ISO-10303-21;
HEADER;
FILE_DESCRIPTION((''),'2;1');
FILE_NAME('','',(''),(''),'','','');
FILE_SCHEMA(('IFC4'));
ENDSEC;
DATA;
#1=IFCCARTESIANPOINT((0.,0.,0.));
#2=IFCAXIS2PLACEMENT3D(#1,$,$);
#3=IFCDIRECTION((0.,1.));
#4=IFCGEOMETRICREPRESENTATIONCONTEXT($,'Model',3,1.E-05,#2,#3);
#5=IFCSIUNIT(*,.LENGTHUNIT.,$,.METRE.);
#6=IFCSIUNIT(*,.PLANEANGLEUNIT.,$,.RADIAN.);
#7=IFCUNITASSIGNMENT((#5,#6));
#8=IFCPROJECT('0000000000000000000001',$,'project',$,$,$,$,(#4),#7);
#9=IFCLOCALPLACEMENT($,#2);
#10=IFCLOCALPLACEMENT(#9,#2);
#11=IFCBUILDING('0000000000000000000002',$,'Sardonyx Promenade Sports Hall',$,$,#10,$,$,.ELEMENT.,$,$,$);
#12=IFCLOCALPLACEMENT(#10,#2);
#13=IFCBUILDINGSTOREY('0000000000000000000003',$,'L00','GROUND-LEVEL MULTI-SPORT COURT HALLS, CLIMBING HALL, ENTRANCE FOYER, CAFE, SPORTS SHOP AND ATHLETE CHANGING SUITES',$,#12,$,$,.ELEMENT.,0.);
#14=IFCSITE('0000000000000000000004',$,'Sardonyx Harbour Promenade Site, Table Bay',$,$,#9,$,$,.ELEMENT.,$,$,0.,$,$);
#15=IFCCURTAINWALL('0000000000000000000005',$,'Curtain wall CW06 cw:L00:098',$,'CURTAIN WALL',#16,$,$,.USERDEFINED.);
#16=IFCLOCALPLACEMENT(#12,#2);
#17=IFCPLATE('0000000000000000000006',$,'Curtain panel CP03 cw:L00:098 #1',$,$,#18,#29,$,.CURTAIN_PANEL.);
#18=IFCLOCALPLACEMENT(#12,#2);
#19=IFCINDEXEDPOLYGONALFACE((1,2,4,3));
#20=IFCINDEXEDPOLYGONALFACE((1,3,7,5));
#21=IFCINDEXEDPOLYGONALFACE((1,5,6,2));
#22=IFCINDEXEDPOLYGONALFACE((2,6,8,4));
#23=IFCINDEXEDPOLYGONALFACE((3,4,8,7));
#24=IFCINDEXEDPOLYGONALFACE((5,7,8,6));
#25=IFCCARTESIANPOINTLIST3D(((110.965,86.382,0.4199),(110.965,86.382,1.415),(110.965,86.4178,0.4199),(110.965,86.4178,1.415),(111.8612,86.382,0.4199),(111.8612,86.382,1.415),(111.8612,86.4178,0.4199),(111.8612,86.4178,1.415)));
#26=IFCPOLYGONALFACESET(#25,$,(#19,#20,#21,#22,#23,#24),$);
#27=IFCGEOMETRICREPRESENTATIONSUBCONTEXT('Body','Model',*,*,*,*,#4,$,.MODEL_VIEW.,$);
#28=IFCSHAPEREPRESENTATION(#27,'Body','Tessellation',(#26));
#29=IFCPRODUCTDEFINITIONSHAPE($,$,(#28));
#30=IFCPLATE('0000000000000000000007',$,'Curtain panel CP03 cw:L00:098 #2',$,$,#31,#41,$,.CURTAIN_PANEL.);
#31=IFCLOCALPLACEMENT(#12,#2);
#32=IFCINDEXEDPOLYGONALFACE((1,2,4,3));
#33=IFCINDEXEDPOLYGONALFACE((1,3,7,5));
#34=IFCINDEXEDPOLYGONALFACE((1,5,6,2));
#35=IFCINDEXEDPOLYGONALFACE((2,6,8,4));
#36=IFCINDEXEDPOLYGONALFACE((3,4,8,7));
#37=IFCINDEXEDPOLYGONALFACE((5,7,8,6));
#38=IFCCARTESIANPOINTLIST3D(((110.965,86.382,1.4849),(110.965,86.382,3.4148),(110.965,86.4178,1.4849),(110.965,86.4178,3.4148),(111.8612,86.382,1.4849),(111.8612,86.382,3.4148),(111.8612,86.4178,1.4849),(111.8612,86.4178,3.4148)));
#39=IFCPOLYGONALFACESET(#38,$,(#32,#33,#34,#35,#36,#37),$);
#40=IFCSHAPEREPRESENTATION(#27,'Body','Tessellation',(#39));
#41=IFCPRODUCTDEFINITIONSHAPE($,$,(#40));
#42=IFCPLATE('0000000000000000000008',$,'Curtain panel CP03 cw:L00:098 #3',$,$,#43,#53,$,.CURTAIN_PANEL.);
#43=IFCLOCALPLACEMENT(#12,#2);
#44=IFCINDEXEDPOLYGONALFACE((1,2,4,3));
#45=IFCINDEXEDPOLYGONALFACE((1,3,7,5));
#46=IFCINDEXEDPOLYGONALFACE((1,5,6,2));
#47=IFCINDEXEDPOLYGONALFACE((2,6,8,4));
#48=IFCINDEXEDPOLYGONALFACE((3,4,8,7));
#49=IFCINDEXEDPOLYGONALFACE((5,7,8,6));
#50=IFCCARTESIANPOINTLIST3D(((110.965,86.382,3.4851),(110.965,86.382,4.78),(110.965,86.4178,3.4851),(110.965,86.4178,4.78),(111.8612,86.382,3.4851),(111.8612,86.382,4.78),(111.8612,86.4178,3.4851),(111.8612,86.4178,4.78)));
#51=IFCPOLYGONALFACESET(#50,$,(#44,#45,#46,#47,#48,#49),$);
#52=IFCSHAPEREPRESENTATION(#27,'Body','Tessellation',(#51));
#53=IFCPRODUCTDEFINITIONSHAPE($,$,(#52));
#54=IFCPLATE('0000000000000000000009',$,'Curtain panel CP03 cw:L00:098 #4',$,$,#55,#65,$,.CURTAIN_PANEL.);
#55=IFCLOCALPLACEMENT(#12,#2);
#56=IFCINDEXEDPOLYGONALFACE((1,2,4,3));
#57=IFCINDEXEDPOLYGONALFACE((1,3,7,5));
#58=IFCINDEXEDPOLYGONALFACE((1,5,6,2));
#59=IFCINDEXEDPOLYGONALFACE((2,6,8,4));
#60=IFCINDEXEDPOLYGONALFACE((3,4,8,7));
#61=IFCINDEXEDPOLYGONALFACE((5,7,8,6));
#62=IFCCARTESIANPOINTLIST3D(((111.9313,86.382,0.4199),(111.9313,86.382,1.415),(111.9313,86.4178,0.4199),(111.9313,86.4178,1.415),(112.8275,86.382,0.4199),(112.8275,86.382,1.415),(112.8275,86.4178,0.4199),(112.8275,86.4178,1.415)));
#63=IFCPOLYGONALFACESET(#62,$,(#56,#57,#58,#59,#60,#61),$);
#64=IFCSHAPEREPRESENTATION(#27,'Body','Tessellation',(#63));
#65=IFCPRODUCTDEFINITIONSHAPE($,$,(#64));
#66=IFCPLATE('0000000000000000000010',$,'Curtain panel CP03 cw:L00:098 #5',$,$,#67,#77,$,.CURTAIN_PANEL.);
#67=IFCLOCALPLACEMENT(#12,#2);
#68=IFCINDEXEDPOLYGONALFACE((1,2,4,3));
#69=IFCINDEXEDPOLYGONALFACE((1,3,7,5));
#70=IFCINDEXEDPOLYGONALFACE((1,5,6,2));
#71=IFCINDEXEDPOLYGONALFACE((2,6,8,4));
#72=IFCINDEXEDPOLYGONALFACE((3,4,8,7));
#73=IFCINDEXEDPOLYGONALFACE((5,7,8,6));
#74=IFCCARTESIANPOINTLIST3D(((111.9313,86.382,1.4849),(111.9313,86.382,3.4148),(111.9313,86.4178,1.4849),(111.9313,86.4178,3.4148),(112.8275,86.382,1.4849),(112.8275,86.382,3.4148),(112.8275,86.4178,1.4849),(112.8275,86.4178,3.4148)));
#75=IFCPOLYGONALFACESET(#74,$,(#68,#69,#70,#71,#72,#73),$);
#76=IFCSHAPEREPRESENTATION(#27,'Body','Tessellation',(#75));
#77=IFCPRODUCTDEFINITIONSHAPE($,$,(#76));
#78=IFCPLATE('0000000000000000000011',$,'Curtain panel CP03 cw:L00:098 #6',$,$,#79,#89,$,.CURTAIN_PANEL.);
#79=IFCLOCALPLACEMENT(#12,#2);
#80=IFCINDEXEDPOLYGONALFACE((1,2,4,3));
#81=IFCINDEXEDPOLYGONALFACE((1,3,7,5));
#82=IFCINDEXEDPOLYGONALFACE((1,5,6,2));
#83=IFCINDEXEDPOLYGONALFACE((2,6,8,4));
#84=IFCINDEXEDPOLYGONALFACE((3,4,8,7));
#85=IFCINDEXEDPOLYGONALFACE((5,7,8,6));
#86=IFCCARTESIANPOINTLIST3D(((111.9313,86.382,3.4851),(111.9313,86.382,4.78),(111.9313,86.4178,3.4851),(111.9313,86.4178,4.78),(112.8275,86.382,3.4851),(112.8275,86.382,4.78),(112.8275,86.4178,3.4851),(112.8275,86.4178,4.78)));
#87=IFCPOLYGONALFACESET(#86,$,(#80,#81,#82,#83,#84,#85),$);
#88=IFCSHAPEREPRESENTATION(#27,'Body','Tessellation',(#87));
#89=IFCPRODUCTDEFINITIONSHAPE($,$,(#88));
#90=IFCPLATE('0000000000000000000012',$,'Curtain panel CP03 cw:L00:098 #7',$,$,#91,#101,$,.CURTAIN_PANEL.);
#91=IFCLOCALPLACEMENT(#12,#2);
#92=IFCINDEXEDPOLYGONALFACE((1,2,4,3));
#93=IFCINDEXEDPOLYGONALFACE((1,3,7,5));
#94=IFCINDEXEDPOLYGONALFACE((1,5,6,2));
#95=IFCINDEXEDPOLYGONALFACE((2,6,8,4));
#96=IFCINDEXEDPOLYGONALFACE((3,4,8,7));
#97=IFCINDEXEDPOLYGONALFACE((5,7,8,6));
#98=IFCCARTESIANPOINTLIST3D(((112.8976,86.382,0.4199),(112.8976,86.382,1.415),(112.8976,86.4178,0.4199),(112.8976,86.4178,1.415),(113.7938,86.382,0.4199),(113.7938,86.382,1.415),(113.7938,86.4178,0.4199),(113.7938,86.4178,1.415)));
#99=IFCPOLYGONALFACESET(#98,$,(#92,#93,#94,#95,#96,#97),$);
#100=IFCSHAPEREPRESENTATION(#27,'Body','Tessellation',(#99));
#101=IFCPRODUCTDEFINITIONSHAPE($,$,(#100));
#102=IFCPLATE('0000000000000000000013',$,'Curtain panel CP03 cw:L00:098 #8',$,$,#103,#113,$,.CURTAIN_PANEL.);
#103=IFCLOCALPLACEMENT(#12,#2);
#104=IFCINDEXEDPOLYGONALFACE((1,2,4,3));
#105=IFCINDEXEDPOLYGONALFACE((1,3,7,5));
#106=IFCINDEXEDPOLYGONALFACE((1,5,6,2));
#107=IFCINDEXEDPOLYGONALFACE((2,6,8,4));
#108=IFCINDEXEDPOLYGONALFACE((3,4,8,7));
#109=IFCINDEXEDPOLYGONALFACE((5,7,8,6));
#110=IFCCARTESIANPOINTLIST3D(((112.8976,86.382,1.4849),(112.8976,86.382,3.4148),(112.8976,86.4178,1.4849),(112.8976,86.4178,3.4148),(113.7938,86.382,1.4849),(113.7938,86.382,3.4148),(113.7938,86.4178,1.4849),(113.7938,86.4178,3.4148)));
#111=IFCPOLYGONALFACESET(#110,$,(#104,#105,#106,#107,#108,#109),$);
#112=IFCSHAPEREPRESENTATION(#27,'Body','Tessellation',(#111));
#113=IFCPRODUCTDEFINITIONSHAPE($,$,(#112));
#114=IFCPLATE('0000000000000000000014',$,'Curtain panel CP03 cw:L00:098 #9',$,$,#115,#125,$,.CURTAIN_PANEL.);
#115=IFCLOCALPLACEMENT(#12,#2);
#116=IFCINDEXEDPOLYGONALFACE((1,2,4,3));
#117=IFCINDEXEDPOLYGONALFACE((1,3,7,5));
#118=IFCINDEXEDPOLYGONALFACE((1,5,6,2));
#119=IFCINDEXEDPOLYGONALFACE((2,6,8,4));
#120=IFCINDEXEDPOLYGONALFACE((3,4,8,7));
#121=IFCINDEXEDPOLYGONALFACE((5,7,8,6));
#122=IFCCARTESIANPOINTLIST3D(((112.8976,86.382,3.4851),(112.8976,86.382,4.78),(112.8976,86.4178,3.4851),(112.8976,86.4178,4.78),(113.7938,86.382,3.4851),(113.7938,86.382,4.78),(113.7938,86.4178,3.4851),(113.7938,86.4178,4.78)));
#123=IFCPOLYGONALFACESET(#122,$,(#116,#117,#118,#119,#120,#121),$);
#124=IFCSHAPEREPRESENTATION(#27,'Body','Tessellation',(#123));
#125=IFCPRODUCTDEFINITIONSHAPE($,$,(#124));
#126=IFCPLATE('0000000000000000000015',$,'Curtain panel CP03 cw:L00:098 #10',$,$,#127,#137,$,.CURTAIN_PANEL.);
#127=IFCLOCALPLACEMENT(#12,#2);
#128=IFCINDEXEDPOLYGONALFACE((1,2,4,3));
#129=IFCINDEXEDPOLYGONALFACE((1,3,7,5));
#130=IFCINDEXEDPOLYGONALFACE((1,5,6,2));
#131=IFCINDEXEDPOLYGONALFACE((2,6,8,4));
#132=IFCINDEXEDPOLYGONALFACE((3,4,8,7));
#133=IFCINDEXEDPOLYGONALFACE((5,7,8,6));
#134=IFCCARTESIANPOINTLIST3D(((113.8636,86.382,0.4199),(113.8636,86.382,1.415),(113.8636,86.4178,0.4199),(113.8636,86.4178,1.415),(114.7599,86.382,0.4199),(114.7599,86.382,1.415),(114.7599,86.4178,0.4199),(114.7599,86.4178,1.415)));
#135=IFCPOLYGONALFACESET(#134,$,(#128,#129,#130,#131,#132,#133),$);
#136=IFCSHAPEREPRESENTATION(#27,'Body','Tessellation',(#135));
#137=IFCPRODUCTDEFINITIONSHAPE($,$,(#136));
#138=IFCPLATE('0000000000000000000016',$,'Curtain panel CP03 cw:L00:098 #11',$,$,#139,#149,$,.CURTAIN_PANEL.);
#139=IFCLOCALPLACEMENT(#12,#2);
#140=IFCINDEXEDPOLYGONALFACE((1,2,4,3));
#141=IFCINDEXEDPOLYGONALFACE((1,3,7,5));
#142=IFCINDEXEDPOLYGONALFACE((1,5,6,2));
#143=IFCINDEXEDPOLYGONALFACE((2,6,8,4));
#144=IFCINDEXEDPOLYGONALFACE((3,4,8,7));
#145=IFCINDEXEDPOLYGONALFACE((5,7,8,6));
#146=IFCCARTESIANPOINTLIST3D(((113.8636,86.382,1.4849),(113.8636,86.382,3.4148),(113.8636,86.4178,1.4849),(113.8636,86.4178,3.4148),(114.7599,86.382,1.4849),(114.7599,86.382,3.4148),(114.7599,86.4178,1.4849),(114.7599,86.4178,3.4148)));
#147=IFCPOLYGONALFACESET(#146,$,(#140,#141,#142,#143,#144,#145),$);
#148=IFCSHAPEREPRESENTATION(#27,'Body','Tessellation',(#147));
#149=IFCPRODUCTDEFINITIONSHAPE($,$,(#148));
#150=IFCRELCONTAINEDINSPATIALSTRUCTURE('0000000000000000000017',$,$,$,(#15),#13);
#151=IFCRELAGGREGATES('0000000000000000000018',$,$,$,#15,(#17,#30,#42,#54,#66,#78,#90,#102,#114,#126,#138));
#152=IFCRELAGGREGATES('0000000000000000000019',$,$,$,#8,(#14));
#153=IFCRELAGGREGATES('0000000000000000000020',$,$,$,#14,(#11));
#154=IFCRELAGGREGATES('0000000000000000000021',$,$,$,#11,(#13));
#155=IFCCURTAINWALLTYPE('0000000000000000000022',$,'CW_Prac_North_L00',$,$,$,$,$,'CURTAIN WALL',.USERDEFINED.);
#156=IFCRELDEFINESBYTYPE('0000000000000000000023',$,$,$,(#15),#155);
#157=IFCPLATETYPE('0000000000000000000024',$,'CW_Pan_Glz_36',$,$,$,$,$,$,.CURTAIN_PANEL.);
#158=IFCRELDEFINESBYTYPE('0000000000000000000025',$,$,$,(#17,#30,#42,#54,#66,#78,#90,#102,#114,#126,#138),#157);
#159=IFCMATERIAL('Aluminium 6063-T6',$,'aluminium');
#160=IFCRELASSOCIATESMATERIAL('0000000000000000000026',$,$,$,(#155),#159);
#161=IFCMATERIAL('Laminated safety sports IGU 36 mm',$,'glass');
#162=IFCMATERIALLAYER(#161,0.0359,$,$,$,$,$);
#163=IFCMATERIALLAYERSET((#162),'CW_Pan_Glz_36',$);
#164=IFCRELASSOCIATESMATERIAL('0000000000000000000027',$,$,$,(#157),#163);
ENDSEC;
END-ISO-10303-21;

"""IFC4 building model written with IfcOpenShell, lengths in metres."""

from ifc_helpers import new_model, si_unit, direction, frame, origin, origin_2d, place, context, subcontext, project, spatial, rectangle, extrude, material, layer, layer_set, type_object, element, aggregate, save


model = new_model("IFC4")

# Units and contexts
model_context = context("Model", 3, precision=1e-05, world=origin(), true_north=direction((0.0, 1.0)))
body_context = subcontext(model_context, "Body", "Model", "MODEL_VIEW")
ifc_project = project(units=[si_unit("LENGTHUNIT", "METRE"), si_unit("PLANEANGLEUNIT", "RADIAN")], contexts=[model_context])

# Site, building, storey
site_placement = place(None, origin())
site = spatial("IfcSite", under=ifc_project, at=site_placement, Name="Sardonyx Harbour Promenade Site, Table Bay", CompositionType="ELEMENT", RefElevation=0.0)
building_placement = place(site_placement, origin())
building = spatial("IfcBuilding", under=site, at=building_placement, Name="Sardonyx Promenade Sports Hall", CompositionType="ELEMENT")
storey_placement = place(building_placement, origin())
storey = spatial("IfcBuildingStorey", under=building, at=storey_placement, Name="L00", Description="GROUND-LEVEL MULTI-SPORT COURT HALLS, CLIMBING HALL, ENTRANCE FOYER, CAFE, SPORTS SHOP AND ATHLETE CHANGING SUITES", CompositionType="ELEMENT", Elevation=0.0)

# Curtain wall, plates
ifc_material_1 = material(Name="Aluminium 6063-T6", Category="aluminium")
curtain_wall_type = type_object("IfcCurtainWallType", Name="CW_Prac_North_L00", ElementType="CURTAIN WALL", PredefinedType="USERDEFINED", material=ifc_material_1)
curtain_wall_placement = place(storey_placement, origin())
curtain_wall = element("IfcCurtainWall", 1, at=curtain_wall_placement, inside=storey, type_object=curtain_wall_type, Name="Curtain wall CW06 cw:L00:098", ObjectType="CURTAIN WALL", PredefinedType="USERDEFINED")
ifc_material_2 = material(Name="Laminated safety sports IGU 36 mm", Category="glass")
ifc_layer = layer(ifc_material_2, 0.0359)
ifc_layer_set = layer_set([ifc_layer], Name="CW_Pan_Glz_36")
plate_type = type_object("IfcPlateType", Name="CW_Pan_Glz_36", PredefinedType="CURTAIN_PANEL", material=ifc_layer_set)
plate_1_placement = place(storey_placement, frame((111.4131, 86.3999, 0.4199), z_axis=(0.0, 0.0, 1.0), x_axis=(1.0, 0.0, 0.0)))
plate_1 = element("IfcPlate", 2, at=plate_1_placement, type_object=plate_type, Name="Curtain panel CP03 cw:L00:098 #1", PredefinedType="CURTAIN_PANEL", context=body_context, shape_type="SweptSolid", body=[
    extrude(rectangle(XDim=0.8962, YDim=0.0359, at=origin_2d()), origin(), (0.0, 0.0, 1.0), 0.9951),
])
plate_2_placement = place(storey_placement, frame((111.4131, 86.3999, 1.4849), z_axis=(0.0, 0.0, 1.0), x_axis=(1.0, 0.0, 0.0)))
plate_2 = element("IfcPlate", 3, at=plate_2_placement, type_object=plate_type, Name="Curtain panel CP03 cw:L00:098 #2", PredefinedType="CURTAIN_PANEL", context=body_context, shape_type="SweptSolid", body=[
    extrude(rectangle(XDim=0.8962, YDim=0.0359, at=origin_2d()), origin(), (0.0, 0.0, 1.0), 1.9299),
])
plate_3_placement = place(storey_placement, frame((111.4131, 86.3999, 3.4851), z_axis=(0.0, 0.0, 1.0), x_axis=(1.0, 0.0, 0.0)))
plate_3 = element("IfcPlate", 4, at=plate_3_placement, type_object=plate_type, Name="Curtain panel CP03 cw:L00:098 #3", PredefinedType="CURTAIN_PANEL", context=body_context, shape_type="SweptSolid", body=[
    extrude(rectangle(XDim=0.8962, YDim=0.0359, at=origin_2d()), origin(), (0.0, 0.0, 1.0), 1.2949),
])
plate_4_placement = place(storey_placement, frame((112.3794, 86.3999, 0.4199), z_axis=(0.0, 0.0, 1.0), x_axis=(1.0, 0.0, 0.0)))
plate_4 = element("IfcPlate", 5, at=plate_4_placement, type_object=plate_type, Name="Curtain panel CP03 cw:L00:098 #4", PredefinedType="CURTAIN_PANEL", context=body_context, shape_type="SweptSolid", body=[
    extrude(rectangle(XDim=0.8962, YDim=0.0359, at=origin_2d()), origin(), (0.0, 0.0, 1.0), 0.9951),
])
plate_5_placement = place(storey_placement, frame((112.3794, 86.3999, 1.4849), z_axis=(0.0, 0.0, 1.0), x_axis=(1.0, 0.0, 0.0)))
plate_5 = element("IfcPlate", 6, at=plate_5_placement, type_object=plate_type, Name="Curtain panel CP03 cw:L00:098 #5", PredefinedType="CURTAIN_PANEL", context=body_context, shape_type="SweptSolid", body=[
    extrude(rectangle(XDim=0.8962, YDim=0.0359, at=origin_2d()), origin(), (0.0, 0.0, 1.0), 1.9299),
])
plate_6_placement = place(storey_placement, frame((112.3794, 86.3999, 3.4851), z_axis=(0.0, 0.0, 1.0), x_axis=(1.0, 0.0, 0.0)))
plate_6 = element("IfcPlate", 7, at=plate_6_placement, type_object=plate_type, Name="Curtain panel CP03 cw:L00:098 #6", PredefinedType="CURTAIN_PANEL", context=body_context, shape_type="SweptSolid", body=[
    extrude(rectangle(XDim=0.8962, YDim=0.0359, at=origin_2d()), origin(), (0.0, 0.0, 1.0), 1.2949),
])
plate_7_placement = place(storey_placement, frame((113.3457, 86.3999, 0.4199), z_axis=(0.0, 0.0, 1.0), x_axis=(1.0, 0.0, 0.0)))
plate_7 = element("IfcPlate", 8, at=plate_7_placement, type_object=plate_type, Name="Curtain panel CP03 cw:L00:098 #7", PredefinedType="CURTAIN_PANEL", context=body_context, shape_type="SweptSolid", body=[
    extrude(rectangle(XDim=0.8962, YDim=0.0359, at=origin_2d()), origin(), (0.0, 0.0, 1.0), 0.9951),
])
plate_8_placement = place(storey_placement, frame((113.3457, 86.3999, 1.4849), z_axis=(0.0, 0.0, 1.0), x_axis=(1.0, 0.0, 0.0)))
plate_8 = element("IfcPlate", 9, at=plate_8_placement, type_object=plate_type, Name="Curtain panel CP03 cw:L00:098 #8", PredefinedType="CURTAIN_PANEL", context=body_context, shape_type="SweptSolid", body=[
    extrude(rectangle(XDim=0.8962, YDim=0.0359, at=origin_2d()), origin(), (0.0, 0.0, 1.0), 1.9299),
])
plate_9_placement = place(storey_placement, frame((113.3457, 86.3999, 3.4851), z_axis=(0.0, 0.0, 1.0), x_axis=(1.0, 0.0, 0.0)))
plate_9 = element("IfcPlate", 10, at=plate_9_placement, type_object=plate_type, Name="Curtain panel CP03 cw:L00:098 #9", PredefinedType="CURTAIN_PANEL", context=body_context, shape_type="SweptSolid", body=[
    extrude(rectangle(XDim=0.8962, YDim=0.0359, at=origin_2d()), origin(), (0.0, 0.0, 1.0), 1.2949),
])
plate_10_placement = place(storey_placement, frame((114.3118, 86.3999, 0.4199), z_axis=(0.0, 0.0, 1.0), x_axis=(1.0, 0.0, 0.0)))
plate_10 = element("IfcPlate", 11, at=plate_10_placement, type_object=plate_type, Name="Curtain panel CP03 cw:L00:098 #10", PredefinedType="CURTAIN_PANEL", context=body_context, shape_type="SweptSolid", body=[
    extrude(rectangle(XDim=0.8962, YDim=0.0359, at=origin_2d()), origin(), (0.0, 0.0, 1.0), 0.9951),
])
plate_11_placement = place(storey_placement, frame((114.3118, 86.3999, 1.4849), z_axis=(0.0, 0.0, 1.0), x_axis=(1.0, 0.0, 0.0)))
plate_11 = element("IfcPlate", 12, at=plate_11_placement, type_object=plate_type, Name="Curtain panel CP03 cw:L00:098 #11", PredefinedType="CURTAIN_PANEL", context=body_context, shape_type="SweptSolid", body=[
    extrude(rectangle(XDim=0.8962, YDim=0.0359, at=origin_2d()), origin(), (0.0, 0.0, 1.0), 1.9299),
])
aggregate(curtain_wall, [plate_1, plate_2, plate_3, plate_4, plate_5, plate_6, plate_7, plate_8, plate_9, plate_10, plate_11])

save(model, "model.ifc")
